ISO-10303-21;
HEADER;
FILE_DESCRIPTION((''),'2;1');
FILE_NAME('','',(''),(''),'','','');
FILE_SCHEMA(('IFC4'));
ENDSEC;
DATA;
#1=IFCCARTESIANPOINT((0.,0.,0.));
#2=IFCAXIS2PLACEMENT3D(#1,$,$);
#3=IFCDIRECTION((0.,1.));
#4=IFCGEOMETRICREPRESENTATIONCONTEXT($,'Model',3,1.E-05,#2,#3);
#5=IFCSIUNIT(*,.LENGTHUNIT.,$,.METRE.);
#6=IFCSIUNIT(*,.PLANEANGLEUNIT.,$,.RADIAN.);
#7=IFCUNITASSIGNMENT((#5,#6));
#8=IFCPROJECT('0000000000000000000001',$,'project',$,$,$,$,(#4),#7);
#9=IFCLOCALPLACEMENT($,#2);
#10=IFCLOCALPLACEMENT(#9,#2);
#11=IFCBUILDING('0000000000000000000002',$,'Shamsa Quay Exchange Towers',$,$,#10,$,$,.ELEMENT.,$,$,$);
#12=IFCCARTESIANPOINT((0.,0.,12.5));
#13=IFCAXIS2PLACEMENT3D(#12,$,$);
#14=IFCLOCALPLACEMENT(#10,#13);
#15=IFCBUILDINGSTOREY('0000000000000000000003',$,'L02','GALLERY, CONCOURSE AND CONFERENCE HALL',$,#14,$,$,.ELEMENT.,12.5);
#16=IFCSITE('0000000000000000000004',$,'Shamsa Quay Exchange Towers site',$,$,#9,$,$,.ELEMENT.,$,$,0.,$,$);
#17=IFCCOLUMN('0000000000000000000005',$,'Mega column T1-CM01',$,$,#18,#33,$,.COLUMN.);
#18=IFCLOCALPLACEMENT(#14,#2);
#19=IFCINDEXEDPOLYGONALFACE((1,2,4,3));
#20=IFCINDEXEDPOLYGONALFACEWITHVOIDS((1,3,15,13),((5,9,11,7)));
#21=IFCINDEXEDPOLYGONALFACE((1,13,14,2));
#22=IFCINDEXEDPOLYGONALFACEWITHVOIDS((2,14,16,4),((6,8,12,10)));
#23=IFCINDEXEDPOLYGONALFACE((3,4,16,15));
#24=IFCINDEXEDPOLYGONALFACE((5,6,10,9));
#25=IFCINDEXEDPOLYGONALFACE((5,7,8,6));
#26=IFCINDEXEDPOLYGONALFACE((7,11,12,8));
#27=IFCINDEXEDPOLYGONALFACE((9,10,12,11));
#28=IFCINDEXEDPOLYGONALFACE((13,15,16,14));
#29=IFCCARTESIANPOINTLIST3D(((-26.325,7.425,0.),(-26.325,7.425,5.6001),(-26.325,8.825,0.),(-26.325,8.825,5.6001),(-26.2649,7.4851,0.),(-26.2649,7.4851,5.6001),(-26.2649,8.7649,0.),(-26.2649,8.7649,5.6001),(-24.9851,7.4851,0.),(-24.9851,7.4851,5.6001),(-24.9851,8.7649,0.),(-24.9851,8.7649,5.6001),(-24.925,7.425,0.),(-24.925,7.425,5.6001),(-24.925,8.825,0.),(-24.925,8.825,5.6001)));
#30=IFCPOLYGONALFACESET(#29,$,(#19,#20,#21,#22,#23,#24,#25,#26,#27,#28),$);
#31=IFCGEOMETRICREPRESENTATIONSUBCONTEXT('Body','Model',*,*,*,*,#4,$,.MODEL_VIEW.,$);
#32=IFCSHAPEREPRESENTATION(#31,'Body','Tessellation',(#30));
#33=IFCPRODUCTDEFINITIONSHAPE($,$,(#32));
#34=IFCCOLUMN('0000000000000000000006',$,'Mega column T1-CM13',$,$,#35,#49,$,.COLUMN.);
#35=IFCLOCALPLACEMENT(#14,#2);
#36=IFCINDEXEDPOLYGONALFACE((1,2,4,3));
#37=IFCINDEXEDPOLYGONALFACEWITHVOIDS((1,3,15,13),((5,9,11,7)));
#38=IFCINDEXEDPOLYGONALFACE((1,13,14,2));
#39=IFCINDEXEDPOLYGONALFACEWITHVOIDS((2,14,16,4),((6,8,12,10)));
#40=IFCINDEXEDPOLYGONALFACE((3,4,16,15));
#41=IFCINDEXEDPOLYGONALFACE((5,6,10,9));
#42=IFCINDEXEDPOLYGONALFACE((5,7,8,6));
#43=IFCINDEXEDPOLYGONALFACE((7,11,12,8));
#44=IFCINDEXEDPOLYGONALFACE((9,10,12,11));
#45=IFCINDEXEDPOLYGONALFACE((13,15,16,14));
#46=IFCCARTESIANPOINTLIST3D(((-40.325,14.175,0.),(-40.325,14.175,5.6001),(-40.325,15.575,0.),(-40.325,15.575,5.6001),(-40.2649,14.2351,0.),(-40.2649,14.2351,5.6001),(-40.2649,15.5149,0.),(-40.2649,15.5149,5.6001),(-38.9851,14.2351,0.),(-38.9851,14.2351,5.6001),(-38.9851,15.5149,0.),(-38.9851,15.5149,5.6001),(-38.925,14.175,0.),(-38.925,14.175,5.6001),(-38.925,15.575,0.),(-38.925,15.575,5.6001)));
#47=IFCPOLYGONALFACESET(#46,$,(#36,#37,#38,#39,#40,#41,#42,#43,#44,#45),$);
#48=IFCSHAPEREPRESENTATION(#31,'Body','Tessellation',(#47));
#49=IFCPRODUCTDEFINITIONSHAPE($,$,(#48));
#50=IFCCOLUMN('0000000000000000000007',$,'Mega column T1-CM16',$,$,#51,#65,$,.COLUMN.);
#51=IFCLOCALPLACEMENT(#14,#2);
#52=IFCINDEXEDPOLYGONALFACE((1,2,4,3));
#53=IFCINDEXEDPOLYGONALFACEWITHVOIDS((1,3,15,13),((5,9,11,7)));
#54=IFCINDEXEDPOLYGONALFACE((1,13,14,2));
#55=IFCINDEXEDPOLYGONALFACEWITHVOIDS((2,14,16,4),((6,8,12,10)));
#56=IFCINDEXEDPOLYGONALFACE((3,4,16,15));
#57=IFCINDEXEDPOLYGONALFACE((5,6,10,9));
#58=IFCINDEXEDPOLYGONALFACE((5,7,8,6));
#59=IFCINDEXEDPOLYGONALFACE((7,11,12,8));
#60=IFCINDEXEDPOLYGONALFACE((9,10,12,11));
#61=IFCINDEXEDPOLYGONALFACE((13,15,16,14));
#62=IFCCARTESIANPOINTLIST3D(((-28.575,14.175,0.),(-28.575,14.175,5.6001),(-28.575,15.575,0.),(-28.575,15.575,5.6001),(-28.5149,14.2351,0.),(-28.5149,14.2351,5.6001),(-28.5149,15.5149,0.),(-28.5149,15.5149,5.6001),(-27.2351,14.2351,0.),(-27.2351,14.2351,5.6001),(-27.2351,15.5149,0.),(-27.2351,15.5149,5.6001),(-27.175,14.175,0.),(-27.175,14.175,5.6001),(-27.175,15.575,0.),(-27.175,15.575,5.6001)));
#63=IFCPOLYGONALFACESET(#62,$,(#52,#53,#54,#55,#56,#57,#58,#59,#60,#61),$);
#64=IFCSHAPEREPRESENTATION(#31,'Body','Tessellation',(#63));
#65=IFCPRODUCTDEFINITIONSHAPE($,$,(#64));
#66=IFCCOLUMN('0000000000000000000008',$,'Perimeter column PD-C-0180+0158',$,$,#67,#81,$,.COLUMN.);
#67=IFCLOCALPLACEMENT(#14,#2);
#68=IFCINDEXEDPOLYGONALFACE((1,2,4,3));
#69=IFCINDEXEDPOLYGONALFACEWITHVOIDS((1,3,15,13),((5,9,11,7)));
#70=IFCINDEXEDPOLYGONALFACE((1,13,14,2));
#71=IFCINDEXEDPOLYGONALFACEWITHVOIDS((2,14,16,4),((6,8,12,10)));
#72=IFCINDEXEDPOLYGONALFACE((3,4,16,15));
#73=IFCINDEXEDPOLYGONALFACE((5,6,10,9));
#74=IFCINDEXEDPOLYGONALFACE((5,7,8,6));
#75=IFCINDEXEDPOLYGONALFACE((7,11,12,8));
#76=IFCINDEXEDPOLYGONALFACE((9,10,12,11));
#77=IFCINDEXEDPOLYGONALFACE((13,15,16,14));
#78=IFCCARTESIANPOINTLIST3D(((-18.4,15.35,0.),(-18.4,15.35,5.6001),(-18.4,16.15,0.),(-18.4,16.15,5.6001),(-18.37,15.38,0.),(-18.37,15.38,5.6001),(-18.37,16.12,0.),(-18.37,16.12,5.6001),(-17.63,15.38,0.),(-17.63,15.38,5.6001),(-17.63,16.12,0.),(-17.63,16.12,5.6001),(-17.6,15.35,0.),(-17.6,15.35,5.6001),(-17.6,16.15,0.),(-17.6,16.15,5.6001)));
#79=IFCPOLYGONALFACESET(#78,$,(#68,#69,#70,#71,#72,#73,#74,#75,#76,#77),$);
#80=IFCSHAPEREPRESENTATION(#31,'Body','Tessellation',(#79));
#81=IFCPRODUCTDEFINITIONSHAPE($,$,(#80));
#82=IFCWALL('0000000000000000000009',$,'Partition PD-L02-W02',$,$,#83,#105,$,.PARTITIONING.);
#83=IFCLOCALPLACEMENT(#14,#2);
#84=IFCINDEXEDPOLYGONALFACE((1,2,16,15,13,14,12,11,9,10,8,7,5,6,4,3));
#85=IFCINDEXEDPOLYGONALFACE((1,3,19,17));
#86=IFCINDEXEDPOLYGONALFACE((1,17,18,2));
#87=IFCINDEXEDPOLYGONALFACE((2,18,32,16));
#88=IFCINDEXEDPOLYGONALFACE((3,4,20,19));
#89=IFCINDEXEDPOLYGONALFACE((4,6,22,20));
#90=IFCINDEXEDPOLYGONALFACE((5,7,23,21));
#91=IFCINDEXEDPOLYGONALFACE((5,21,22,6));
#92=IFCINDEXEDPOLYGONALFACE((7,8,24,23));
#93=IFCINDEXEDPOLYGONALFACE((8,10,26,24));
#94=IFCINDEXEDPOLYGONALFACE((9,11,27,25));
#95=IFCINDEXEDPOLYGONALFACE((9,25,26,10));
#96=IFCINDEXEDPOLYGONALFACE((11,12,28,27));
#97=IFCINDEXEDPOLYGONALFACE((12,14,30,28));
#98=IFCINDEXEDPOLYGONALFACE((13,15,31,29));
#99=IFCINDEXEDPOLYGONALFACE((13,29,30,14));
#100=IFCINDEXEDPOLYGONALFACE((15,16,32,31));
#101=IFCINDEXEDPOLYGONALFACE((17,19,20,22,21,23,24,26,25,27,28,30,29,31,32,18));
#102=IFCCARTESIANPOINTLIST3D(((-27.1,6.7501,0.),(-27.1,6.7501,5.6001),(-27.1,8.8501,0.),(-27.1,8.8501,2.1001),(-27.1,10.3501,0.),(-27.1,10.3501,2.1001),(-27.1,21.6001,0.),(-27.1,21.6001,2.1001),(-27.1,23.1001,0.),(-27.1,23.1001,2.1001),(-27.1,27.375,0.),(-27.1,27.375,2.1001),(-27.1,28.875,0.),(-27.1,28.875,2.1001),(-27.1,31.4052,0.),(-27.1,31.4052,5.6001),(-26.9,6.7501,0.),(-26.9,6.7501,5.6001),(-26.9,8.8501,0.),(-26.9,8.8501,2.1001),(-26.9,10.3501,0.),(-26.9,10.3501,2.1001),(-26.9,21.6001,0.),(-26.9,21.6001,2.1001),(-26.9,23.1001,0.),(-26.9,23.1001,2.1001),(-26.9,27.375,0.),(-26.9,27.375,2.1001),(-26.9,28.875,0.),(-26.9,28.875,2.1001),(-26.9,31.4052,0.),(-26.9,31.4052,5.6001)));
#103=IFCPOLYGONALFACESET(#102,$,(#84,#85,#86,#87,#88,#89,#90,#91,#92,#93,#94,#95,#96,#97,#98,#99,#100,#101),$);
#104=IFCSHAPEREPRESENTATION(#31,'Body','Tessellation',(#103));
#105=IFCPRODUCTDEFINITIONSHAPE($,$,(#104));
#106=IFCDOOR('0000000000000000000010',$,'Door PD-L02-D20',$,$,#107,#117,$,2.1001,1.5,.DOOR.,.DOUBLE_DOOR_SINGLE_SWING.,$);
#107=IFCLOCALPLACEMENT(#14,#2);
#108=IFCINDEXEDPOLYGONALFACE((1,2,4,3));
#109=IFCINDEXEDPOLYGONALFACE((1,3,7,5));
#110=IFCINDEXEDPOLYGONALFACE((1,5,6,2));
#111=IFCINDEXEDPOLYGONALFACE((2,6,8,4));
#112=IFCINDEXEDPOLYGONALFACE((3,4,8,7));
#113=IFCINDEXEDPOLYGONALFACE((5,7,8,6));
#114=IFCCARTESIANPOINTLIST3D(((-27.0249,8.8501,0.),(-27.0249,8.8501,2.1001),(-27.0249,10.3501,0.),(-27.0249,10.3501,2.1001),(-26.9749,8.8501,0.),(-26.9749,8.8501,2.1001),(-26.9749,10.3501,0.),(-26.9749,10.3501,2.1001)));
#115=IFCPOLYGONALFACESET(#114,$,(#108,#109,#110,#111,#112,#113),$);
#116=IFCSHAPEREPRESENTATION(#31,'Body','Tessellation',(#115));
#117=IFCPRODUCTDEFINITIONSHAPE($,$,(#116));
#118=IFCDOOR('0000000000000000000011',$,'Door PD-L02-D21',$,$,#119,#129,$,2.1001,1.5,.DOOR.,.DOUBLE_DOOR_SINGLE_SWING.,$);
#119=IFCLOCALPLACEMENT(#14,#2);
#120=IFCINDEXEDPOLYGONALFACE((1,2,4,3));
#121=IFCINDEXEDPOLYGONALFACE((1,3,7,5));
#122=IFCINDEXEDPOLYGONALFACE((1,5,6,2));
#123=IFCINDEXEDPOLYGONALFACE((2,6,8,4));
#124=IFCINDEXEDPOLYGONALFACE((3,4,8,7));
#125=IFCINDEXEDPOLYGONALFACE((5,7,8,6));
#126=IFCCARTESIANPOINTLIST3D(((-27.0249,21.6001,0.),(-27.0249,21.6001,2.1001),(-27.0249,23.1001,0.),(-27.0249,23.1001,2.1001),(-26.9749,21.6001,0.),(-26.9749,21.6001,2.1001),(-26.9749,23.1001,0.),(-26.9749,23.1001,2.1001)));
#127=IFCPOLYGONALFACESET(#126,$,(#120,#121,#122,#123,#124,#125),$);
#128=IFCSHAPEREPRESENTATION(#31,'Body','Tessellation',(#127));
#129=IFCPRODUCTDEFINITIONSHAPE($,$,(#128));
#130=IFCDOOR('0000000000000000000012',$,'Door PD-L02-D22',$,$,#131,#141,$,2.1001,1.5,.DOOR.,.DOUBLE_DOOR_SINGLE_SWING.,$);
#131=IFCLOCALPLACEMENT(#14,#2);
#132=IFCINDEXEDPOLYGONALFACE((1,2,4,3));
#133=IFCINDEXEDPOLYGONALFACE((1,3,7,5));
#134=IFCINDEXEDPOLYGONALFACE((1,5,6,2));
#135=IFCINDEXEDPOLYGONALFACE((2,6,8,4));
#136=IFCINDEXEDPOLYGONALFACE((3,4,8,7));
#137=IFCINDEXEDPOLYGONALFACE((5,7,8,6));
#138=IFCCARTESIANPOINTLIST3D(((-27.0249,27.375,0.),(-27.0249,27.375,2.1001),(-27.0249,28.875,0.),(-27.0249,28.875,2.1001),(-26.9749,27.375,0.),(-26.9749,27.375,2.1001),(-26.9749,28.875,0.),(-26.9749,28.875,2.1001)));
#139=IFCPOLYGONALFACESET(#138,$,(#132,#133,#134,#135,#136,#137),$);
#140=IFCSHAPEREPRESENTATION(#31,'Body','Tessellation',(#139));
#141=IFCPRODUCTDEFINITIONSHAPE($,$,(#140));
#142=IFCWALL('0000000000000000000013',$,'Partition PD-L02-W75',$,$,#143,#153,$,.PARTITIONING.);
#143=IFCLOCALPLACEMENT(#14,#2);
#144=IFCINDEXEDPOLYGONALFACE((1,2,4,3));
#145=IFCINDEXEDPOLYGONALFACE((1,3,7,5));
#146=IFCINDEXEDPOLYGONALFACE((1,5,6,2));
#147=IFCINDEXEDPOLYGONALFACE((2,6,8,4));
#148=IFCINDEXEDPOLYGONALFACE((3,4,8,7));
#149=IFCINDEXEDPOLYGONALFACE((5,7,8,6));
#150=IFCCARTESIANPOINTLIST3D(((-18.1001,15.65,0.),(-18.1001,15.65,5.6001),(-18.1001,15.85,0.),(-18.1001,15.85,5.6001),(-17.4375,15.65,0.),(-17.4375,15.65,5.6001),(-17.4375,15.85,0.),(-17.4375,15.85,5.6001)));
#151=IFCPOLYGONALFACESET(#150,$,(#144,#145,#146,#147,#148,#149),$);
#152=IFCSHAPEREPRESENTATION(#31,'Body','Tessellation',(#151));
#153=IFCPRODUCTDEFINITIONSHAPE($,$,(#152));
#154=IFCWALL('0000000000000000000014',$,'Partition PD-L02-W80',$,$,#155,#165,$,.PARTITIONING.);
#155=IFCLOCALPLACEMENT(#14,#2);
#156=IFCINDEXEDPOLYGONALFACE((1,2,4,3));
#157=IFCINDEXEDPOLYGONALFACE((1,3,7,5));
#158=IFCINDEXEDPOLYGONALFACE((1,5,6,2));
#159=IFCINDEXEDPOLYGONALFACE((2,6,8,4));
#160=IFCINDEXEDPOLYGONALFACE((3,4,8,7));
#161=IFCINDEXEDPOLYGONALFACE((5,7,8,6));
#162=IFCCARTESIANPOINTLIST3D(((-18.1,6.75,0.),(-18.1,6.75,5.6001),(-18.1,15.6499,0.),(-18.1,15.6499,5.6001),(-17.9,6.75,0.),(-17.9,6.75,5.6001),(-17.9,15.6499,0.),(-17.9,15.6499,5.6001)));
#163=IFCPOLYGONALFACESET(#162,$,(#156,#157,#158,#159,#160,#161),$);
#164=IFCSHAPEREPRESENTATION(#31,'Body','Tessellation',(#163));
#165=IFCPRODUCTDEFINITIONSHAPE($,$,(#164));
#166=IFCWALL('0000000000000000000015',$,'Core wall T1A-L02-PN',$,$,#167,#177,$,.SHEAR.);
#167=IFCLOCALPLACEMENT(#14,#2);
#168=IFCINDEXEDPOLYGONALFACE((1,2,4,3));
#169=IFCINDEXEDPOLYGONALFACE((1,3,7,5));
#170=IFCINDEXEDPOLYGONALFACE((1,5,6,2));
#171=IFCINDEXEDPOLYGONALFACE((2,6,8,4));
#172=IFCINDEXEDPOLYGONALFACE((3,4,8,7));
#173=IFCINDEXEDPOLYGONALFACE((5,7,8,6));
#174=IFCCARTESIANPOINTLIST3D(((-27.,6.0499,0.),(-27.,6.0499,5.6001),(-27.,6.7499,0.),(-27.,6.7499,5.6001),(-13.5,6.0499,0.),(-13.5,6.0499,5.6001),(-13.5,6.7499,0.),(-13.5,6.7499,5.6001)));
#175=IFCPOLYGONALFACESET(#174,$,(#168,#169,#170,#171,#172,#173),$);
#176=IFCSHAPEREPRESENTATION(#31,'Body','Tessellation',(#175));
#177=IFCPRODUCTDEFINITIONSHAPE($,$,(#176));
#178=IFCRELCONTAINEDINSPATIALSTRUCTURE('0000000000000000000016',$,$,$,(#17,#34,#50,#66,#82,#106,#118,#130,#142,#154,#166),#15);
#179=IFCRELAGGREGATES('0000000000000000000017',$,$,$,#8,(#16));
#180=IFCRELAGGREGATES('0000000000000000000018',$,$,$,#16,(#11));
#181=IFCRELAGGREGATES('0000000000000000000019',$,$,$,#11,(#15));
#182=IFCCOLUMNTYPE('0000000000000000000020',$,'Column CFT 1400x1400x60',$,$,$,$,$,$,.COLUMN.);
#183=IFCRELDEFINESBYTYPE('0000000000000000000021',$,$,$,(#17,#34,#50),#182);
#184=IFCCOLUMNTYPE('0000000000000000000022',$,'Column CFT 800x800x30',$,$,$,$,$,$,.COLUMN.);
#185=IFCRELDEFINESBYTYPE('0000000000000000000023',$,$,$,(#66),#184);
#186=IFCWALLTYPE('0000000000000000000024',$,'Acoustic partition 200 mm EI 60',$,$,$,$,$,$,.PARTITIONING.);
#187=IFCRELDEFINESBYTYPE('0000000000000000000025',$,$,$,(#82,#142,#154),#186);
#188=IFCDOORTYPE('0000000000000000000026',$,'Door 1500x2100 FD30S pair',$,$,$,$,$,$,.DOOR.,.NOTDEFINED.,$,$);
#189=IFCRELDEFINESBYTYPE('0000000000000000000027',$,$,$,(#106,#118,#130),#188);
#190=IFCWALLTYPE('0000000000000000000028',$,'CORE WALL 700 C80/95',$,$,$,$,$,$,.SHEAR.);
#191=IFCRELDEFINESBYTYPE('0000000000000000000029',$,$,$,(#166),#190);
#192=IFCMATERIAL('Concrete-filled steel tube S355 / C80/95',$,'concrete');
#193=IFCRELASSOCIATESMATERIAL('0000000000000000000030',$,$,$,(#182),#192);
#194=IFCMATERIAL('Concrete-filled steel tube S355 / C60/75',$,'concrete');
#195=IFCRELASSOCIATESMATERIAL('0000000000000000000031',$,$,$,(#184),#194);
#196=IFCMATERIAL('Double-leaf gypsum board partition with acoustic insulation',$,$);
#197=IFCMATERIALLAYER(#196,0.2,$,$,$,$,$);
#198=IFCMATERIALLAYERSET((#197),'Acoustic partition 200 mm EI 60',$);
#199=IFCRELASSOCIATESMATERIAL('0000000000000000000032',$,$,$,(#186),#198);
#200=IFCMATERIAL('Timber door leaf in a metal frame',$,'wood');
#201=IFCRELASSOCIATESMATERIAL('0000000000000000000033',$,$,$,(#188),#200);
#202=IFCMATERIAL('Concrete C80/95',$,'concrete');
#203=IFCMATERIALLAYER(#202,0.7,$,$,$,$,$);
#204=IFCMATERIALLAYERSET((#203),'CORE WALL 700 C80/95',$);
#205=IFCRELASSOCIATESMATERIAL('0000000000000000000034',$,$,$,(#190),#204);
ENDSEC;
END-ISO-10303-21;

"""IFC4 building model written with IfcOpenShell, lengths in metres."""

from ifc_helpers import new_model, si_unit, direction, frame, frame_2d, origin, origin_2d, place, context, subcontext, project, spatial, rectangle, hollow_rectangle, extrude, material, layer, layer_set, material_profile, profile_set, type_object, element, fill, save


model = new_model("IFC4")

# Units and contexts
model_context = context("Model", 3, precision=1e-05, world=origin(), true_north=direction((0.0, 1.0)))
body_context = subcontext(model_context, "Body", "Model", "MODEL_VIEW")
ifc_project = project(units=[si_unit("LENGTHUNIT", "METRE"), si_unit("PLANEANGLEUNIT", "RADIAN")], contexts=[model_context])

# Site, building, storey
site_placement = place(None, origin())
site = spatial("IfcSite", under=ifc_project, at=site_placement, Name="Shamsa Quay Exchange Towers site", CompositionType="ELEMENT", RefElevation=0.0)
building_placement = place(site_placement, origin())
building = spatial("IfcBuilding", under=site, at=building_placement, Name="Shamsa Quay Exchange Towers", CompositionType="ELEMENT")
storey_placement = place(building_placement, frame((0.0, 0.0, 12.5)))
storey = spatial("IfcBuildingStorey", under=building, at=storey_placement, Name="L02", Description="GALLERY, CONCOURSE AND CONFERENCE HALL", CompositionType="ELEMENT", Elevation=12.5)

# Columns
ifc_material_1 = material(Name="Concrete-filled steel tube S355 / C80/95", Category="concrete")
ifc_material_profile_1 = material_profile(ifc_material_1, hollow_rectangle(XDim=1.3999, YDim=1.3999, WallThickness=0.0601, at=origin_2d()), Name="CFT 1400x1400x60")
ifc_profile_set_1 = profile_set([ifc_material_profile_1], Name="Concrete-filled steel tube S355 / C80/95")
column_type_1 = type_object("IfcColumnType", Name="Column CFT 1400x1400x60", PredefinedType="COLUMN", material=ifc_profile_set_1)
for number, where, name in (
    (1, (-25.625, 8.125, 0.0), "Mega column T1-CM01"),
    (2, (-39.625, 14.875, 0.0), "Mega column T1-CM13"),
    (3, (-27.875, 14.875, 0.0), "Mega column T1-CM16"),
):
    element("IfcColumn", number, at=place(storey_placement, frame(where)), inside=storey, type_object=column_type_1, Name=name, PredefinedType="COLUMN", context=body_context, shape_type="SweptSolid", body=[
        extrude(hollow_rectangle(XDim=1.3999, YDim=1.3999, WallThickness=0.0601, at=origin_2d()), origin(), (0.0, 0.0, 1.0), 5.6001),
    ])
ifc_material_2 = material(Name="Concrete-filled steel tube S355 / C60/75", Category="concrete")
ifc_material_profile_2 = material_profile(ifc_material_2, hollow_rectangle(XDim=0.8, YDim=0.8, WallThickness=0.03, at=origin_2d()), Name="CFT 800x800x30")
ifc_profile_set_2 = profile_set([ifc_material_profile_2], Name="Concrete-filled steel tube S355 / C60/75")
column_type_2 = type_object("IfcColumnType", Name="Column CFT 800x800x30", PredefinedType="COLUMN", material=ifc_profile_set_2)
column_placement = place(storey_placement, frame((-18.0, 15.75, 0.0)))
element("IfcColumn", 4, at=column_placement, inside=storey, type_object=column_type_2, Name="Perimeter column PD-C-0180+0158", PredefinedType="COLUMN", context=body_context, shape_type="SweptSolid", body=[
    extrude(hollow_rectangle(XDim=0.8, YDim=0.8, WallThickness=0.03, at=origin_2d()), origin(), (0.0, 0.0, 1.0), 5.6001),
])

# Wall, openings, doors
ifc_material_3 = material(Name="Double-leaf gypsum board partition with acoustic insulation")
ifc_layer_1 = layer(ifc_material_3, 0.2)
ifc_layer_set_1 = layer_set([ifc_layer_1], Name="Acoustic partition 200 mm EI 60")
wall_type_1 = type_object("IfcWallType", Name="Acoustic partition 200 mm EI 60", PredefinedType="PARTITIONING", material=ifc_layer_set_1)
wall_1_placement = place(storey_placement, frame((-27.0, 6.75, 0.0), z_axis=(0.0, 0.0, 1.0), x_axis=(0.0, 1.0, 0.0)))
wall_1 = element("IfcWall", 5, at=wall_1_placement, inside=storey, type_object=wall_type_1, Name="Partition PD-L02-W02", PredefinedType="PARTITIONING", context=body_context, shape_type="SweptSolid", body=[
    extrude(rectangle(XDim=24.655, YDim=0.2, at=frame_2d((12.3276, 0.0))), origin(), (0.0, 0.0, 1.0), 5.6001),
])
opening_1_placement = place(wall_1_placement, frame((2.1001, 0.0, 0.0)))
opening_1 = element("IfcOpeningElement", 6, at=opening_1_placement, cuts=wall_1, PredefinedType="OPENING", context=body_context, shape_type="SweptSolid", body=[
    extrude(rectangle(XDim=1.5, YDim=2.1001, at=frame_2d((0.75, 1.05))), frame((0.0, 0.1099, 0.0), z_axis=(0.0, -1.0, 0.0), x_axis=(1.0, 0.0, 0.0)), (0.0, 0.0, 1.0), 0.22),
])
opening_2_placement = place(wall_1_placement, frame((14.8501, 0.0, 0.0)))
opening_2 = element("IfcOpeningElement", 7, at=opening_2_placement, cuts=wall_1, PredefinedType="OPENING", context=body_context, shape_type="SweptSolid", body=[
    extrude(rectangle(XDim=1.5, YDim=2.1001, at=frame_2d((0.75, 1.05))), frame((0.0, 0.1099, 0.0), z_axis=(0.0, -1.0, 0.0), x_axis=(1.0, 0.0, 0.0)), (0.0, 0.0, 1.0), 0.22),
])
opening_3_placement = place(wall_1_placement, frame((20.625, 0.0, 0.0)))
opening_3 = element("IfcOpeningElement", 8, at=opening_3_placement, cuts=wall_1, PredefinedType="OPENING", context=body_context, shape_type="SweptSolid", body=[
    extrude(rectangle(XDim=1.5, YDim=2.1001, at=frame_2d((0.75, 1.05))), frame((0.0, 0.1099, 0.0), z_axis=(0.0, -1.0, 0.0), x_axis=(1.0, 0.0, 0.0)), (0.0, 0.0, 1.0), 0.22),
])
ifc_material_4 = material(Name="Timber door leaf in a metal frame", Category="wood")
door_type_1 = type_object("IfcDoorType", Name="Door 1500x2100 FD30S pair", OperationType="NOTDEFINED", PredefinedType="DOOR", material=ifc_material_4)
door_1_placement = place(opening_1_placement, origin())
door_1 = element("IfcDoor", 9, at=door_1_placement, inside=storey, type_object=door_type_1, Name="Door PD-L02-D20", OperationType="DOUBLE_DOOR_SINGLE_SWING", OverallHeight=2.1001, OverallWidth=1.5, PredefinedType="DOOR", context=body_context, shape_type="SweptSolid", body=[
    extrude(rectangle(XDim=1.5, YDim=2.1001, at=frame_2d((0.75, 1.05))), frame((0.0, 0.0249, 0.0), z_axis=(0.0, -1.0, 0.0), x_axis=(1.0, 0.0, 0.0)), (0.0, 0.0, 1.0), 0.05),
])
fill(opening_1, door_1)
door_2_placement = place(opening_2_placement, origin())
door_2 = element("IfcDoor", 10, at=door_2_placement, inside=storey, type_object=door_type_1, Name="Door PD-L02-D21", OperationType="DOUBLE_DOOR_SINGLE_SWING", OverallHeight=2.1001, OverallWidth=1.5, PredefinedType="DOOR", context=body_context, shape_type="SweptSolid", body=[
    extrude(rectangle(XDim=1.5, YDim=2.1001, at=frame_2d((0.75, 1.05))), frame((0.0, 0.0249, 0.0), z_axis=(0.0, -1.0, 0.0), x_axis=(1.0, 0.0, 0.0)), (0.0, 0.0, 1.0), 0.05),
])
fill(opening_2, door_2)
door_3_placement = place(opening_3_placement, origin())
door_3 = element("IfcDoor", 11, at=door_3_placement, inside=storey, type_object=door_type_1, Name="Door PD-L02-D22", OperationType="DOUBLE_DOOR_SINGLE_SWING", OverallHeight=2.1001, OverallWidth=1.5, PredefinedType="DOOR", context=body_context, shape_type="SweptSolid", body=[
    extrude(rectangle(XDim=1.5, YDim=2.1001, at=frame_2d((0.75, 1.05))), frame((0.0, 0.0249, 0.0), z_axis=(0.0, -1.0, 0.0), x_axis=(1.0, 0.0, 0.0)), (0.0, 0.0, 1.0), 0.05),
])
fill(opening_3, door_3)

# Walls
wall_2_placement = place(storey_placement, frame((-18.1001, 15.75, 0.0)))
element("IfcWall", 12, at=wall_2_placement, inside=storey, type_object=wall_type_1, Name="Partition PD-L02-W75", PredefinedType="PARTITIONING", context=body_context, shape_type="SweptSolid", body=[
    extrude(rectangle(XDim=0.6626, YDim=0.2, at=frame_2d((0.3313, 0.0))), origin(), (0.0, 0.0, 1.0), 5.6001),
])
wall_3_placement = place(storey_placement, frame((-18.0, 6.75, 0.0), z_axis=(0.0, 0.0, 1.0), x_axis=(0.0, 1.0, 0.0)))
element("IfcWall", 13, at=wall_3_placement, inside=storey, type_object=wall_type_1, Name="Partition PD-L02-W80", PredefinedType="PARTITIONING", context=body_context, shape_type="SweptSolid", body=[
    extrude(rectangle(XDim=8.8999, YDim=0.2, at=frame_2d((4.45, 0.0))), origin(), (0.0, 0.0, 1.0), 5.6001),
])
ifc_material_5 = material(Name="Concrete C80/95", Category="concrete")
ifc_layer_2 = layer(ifc_material_5, 0.7)
ifc_layer_set_2 = layer_set([ifc_layer_2], Name="CORE WALL 700 C80/95")
wall_type_2 = type_object("IfcWallType", Name="CORE WALL 700 C80/95", PredefinedType="SHEAR", material=ifc_layer_set_2)
wall_4_placement = place(storey_placement, frame((-27.0, 6.3999, 0.0)))
element("IfcWall", 14, at=wall_4_placement, inside=storey, type_object=wall_type_2, Name="Core wall T1A-L02-PN", PredefinedType="SHEAR", context=body_context, shape_type="SweptSolid", body=[
    extrude(rectangle(XDim=13.5, YDim=0.7, at=frame_2d((6.75, 0.0))), origin(), (0.0, 0.0, 1.0), 5.6001),
])

save(model, "model.ifc")
